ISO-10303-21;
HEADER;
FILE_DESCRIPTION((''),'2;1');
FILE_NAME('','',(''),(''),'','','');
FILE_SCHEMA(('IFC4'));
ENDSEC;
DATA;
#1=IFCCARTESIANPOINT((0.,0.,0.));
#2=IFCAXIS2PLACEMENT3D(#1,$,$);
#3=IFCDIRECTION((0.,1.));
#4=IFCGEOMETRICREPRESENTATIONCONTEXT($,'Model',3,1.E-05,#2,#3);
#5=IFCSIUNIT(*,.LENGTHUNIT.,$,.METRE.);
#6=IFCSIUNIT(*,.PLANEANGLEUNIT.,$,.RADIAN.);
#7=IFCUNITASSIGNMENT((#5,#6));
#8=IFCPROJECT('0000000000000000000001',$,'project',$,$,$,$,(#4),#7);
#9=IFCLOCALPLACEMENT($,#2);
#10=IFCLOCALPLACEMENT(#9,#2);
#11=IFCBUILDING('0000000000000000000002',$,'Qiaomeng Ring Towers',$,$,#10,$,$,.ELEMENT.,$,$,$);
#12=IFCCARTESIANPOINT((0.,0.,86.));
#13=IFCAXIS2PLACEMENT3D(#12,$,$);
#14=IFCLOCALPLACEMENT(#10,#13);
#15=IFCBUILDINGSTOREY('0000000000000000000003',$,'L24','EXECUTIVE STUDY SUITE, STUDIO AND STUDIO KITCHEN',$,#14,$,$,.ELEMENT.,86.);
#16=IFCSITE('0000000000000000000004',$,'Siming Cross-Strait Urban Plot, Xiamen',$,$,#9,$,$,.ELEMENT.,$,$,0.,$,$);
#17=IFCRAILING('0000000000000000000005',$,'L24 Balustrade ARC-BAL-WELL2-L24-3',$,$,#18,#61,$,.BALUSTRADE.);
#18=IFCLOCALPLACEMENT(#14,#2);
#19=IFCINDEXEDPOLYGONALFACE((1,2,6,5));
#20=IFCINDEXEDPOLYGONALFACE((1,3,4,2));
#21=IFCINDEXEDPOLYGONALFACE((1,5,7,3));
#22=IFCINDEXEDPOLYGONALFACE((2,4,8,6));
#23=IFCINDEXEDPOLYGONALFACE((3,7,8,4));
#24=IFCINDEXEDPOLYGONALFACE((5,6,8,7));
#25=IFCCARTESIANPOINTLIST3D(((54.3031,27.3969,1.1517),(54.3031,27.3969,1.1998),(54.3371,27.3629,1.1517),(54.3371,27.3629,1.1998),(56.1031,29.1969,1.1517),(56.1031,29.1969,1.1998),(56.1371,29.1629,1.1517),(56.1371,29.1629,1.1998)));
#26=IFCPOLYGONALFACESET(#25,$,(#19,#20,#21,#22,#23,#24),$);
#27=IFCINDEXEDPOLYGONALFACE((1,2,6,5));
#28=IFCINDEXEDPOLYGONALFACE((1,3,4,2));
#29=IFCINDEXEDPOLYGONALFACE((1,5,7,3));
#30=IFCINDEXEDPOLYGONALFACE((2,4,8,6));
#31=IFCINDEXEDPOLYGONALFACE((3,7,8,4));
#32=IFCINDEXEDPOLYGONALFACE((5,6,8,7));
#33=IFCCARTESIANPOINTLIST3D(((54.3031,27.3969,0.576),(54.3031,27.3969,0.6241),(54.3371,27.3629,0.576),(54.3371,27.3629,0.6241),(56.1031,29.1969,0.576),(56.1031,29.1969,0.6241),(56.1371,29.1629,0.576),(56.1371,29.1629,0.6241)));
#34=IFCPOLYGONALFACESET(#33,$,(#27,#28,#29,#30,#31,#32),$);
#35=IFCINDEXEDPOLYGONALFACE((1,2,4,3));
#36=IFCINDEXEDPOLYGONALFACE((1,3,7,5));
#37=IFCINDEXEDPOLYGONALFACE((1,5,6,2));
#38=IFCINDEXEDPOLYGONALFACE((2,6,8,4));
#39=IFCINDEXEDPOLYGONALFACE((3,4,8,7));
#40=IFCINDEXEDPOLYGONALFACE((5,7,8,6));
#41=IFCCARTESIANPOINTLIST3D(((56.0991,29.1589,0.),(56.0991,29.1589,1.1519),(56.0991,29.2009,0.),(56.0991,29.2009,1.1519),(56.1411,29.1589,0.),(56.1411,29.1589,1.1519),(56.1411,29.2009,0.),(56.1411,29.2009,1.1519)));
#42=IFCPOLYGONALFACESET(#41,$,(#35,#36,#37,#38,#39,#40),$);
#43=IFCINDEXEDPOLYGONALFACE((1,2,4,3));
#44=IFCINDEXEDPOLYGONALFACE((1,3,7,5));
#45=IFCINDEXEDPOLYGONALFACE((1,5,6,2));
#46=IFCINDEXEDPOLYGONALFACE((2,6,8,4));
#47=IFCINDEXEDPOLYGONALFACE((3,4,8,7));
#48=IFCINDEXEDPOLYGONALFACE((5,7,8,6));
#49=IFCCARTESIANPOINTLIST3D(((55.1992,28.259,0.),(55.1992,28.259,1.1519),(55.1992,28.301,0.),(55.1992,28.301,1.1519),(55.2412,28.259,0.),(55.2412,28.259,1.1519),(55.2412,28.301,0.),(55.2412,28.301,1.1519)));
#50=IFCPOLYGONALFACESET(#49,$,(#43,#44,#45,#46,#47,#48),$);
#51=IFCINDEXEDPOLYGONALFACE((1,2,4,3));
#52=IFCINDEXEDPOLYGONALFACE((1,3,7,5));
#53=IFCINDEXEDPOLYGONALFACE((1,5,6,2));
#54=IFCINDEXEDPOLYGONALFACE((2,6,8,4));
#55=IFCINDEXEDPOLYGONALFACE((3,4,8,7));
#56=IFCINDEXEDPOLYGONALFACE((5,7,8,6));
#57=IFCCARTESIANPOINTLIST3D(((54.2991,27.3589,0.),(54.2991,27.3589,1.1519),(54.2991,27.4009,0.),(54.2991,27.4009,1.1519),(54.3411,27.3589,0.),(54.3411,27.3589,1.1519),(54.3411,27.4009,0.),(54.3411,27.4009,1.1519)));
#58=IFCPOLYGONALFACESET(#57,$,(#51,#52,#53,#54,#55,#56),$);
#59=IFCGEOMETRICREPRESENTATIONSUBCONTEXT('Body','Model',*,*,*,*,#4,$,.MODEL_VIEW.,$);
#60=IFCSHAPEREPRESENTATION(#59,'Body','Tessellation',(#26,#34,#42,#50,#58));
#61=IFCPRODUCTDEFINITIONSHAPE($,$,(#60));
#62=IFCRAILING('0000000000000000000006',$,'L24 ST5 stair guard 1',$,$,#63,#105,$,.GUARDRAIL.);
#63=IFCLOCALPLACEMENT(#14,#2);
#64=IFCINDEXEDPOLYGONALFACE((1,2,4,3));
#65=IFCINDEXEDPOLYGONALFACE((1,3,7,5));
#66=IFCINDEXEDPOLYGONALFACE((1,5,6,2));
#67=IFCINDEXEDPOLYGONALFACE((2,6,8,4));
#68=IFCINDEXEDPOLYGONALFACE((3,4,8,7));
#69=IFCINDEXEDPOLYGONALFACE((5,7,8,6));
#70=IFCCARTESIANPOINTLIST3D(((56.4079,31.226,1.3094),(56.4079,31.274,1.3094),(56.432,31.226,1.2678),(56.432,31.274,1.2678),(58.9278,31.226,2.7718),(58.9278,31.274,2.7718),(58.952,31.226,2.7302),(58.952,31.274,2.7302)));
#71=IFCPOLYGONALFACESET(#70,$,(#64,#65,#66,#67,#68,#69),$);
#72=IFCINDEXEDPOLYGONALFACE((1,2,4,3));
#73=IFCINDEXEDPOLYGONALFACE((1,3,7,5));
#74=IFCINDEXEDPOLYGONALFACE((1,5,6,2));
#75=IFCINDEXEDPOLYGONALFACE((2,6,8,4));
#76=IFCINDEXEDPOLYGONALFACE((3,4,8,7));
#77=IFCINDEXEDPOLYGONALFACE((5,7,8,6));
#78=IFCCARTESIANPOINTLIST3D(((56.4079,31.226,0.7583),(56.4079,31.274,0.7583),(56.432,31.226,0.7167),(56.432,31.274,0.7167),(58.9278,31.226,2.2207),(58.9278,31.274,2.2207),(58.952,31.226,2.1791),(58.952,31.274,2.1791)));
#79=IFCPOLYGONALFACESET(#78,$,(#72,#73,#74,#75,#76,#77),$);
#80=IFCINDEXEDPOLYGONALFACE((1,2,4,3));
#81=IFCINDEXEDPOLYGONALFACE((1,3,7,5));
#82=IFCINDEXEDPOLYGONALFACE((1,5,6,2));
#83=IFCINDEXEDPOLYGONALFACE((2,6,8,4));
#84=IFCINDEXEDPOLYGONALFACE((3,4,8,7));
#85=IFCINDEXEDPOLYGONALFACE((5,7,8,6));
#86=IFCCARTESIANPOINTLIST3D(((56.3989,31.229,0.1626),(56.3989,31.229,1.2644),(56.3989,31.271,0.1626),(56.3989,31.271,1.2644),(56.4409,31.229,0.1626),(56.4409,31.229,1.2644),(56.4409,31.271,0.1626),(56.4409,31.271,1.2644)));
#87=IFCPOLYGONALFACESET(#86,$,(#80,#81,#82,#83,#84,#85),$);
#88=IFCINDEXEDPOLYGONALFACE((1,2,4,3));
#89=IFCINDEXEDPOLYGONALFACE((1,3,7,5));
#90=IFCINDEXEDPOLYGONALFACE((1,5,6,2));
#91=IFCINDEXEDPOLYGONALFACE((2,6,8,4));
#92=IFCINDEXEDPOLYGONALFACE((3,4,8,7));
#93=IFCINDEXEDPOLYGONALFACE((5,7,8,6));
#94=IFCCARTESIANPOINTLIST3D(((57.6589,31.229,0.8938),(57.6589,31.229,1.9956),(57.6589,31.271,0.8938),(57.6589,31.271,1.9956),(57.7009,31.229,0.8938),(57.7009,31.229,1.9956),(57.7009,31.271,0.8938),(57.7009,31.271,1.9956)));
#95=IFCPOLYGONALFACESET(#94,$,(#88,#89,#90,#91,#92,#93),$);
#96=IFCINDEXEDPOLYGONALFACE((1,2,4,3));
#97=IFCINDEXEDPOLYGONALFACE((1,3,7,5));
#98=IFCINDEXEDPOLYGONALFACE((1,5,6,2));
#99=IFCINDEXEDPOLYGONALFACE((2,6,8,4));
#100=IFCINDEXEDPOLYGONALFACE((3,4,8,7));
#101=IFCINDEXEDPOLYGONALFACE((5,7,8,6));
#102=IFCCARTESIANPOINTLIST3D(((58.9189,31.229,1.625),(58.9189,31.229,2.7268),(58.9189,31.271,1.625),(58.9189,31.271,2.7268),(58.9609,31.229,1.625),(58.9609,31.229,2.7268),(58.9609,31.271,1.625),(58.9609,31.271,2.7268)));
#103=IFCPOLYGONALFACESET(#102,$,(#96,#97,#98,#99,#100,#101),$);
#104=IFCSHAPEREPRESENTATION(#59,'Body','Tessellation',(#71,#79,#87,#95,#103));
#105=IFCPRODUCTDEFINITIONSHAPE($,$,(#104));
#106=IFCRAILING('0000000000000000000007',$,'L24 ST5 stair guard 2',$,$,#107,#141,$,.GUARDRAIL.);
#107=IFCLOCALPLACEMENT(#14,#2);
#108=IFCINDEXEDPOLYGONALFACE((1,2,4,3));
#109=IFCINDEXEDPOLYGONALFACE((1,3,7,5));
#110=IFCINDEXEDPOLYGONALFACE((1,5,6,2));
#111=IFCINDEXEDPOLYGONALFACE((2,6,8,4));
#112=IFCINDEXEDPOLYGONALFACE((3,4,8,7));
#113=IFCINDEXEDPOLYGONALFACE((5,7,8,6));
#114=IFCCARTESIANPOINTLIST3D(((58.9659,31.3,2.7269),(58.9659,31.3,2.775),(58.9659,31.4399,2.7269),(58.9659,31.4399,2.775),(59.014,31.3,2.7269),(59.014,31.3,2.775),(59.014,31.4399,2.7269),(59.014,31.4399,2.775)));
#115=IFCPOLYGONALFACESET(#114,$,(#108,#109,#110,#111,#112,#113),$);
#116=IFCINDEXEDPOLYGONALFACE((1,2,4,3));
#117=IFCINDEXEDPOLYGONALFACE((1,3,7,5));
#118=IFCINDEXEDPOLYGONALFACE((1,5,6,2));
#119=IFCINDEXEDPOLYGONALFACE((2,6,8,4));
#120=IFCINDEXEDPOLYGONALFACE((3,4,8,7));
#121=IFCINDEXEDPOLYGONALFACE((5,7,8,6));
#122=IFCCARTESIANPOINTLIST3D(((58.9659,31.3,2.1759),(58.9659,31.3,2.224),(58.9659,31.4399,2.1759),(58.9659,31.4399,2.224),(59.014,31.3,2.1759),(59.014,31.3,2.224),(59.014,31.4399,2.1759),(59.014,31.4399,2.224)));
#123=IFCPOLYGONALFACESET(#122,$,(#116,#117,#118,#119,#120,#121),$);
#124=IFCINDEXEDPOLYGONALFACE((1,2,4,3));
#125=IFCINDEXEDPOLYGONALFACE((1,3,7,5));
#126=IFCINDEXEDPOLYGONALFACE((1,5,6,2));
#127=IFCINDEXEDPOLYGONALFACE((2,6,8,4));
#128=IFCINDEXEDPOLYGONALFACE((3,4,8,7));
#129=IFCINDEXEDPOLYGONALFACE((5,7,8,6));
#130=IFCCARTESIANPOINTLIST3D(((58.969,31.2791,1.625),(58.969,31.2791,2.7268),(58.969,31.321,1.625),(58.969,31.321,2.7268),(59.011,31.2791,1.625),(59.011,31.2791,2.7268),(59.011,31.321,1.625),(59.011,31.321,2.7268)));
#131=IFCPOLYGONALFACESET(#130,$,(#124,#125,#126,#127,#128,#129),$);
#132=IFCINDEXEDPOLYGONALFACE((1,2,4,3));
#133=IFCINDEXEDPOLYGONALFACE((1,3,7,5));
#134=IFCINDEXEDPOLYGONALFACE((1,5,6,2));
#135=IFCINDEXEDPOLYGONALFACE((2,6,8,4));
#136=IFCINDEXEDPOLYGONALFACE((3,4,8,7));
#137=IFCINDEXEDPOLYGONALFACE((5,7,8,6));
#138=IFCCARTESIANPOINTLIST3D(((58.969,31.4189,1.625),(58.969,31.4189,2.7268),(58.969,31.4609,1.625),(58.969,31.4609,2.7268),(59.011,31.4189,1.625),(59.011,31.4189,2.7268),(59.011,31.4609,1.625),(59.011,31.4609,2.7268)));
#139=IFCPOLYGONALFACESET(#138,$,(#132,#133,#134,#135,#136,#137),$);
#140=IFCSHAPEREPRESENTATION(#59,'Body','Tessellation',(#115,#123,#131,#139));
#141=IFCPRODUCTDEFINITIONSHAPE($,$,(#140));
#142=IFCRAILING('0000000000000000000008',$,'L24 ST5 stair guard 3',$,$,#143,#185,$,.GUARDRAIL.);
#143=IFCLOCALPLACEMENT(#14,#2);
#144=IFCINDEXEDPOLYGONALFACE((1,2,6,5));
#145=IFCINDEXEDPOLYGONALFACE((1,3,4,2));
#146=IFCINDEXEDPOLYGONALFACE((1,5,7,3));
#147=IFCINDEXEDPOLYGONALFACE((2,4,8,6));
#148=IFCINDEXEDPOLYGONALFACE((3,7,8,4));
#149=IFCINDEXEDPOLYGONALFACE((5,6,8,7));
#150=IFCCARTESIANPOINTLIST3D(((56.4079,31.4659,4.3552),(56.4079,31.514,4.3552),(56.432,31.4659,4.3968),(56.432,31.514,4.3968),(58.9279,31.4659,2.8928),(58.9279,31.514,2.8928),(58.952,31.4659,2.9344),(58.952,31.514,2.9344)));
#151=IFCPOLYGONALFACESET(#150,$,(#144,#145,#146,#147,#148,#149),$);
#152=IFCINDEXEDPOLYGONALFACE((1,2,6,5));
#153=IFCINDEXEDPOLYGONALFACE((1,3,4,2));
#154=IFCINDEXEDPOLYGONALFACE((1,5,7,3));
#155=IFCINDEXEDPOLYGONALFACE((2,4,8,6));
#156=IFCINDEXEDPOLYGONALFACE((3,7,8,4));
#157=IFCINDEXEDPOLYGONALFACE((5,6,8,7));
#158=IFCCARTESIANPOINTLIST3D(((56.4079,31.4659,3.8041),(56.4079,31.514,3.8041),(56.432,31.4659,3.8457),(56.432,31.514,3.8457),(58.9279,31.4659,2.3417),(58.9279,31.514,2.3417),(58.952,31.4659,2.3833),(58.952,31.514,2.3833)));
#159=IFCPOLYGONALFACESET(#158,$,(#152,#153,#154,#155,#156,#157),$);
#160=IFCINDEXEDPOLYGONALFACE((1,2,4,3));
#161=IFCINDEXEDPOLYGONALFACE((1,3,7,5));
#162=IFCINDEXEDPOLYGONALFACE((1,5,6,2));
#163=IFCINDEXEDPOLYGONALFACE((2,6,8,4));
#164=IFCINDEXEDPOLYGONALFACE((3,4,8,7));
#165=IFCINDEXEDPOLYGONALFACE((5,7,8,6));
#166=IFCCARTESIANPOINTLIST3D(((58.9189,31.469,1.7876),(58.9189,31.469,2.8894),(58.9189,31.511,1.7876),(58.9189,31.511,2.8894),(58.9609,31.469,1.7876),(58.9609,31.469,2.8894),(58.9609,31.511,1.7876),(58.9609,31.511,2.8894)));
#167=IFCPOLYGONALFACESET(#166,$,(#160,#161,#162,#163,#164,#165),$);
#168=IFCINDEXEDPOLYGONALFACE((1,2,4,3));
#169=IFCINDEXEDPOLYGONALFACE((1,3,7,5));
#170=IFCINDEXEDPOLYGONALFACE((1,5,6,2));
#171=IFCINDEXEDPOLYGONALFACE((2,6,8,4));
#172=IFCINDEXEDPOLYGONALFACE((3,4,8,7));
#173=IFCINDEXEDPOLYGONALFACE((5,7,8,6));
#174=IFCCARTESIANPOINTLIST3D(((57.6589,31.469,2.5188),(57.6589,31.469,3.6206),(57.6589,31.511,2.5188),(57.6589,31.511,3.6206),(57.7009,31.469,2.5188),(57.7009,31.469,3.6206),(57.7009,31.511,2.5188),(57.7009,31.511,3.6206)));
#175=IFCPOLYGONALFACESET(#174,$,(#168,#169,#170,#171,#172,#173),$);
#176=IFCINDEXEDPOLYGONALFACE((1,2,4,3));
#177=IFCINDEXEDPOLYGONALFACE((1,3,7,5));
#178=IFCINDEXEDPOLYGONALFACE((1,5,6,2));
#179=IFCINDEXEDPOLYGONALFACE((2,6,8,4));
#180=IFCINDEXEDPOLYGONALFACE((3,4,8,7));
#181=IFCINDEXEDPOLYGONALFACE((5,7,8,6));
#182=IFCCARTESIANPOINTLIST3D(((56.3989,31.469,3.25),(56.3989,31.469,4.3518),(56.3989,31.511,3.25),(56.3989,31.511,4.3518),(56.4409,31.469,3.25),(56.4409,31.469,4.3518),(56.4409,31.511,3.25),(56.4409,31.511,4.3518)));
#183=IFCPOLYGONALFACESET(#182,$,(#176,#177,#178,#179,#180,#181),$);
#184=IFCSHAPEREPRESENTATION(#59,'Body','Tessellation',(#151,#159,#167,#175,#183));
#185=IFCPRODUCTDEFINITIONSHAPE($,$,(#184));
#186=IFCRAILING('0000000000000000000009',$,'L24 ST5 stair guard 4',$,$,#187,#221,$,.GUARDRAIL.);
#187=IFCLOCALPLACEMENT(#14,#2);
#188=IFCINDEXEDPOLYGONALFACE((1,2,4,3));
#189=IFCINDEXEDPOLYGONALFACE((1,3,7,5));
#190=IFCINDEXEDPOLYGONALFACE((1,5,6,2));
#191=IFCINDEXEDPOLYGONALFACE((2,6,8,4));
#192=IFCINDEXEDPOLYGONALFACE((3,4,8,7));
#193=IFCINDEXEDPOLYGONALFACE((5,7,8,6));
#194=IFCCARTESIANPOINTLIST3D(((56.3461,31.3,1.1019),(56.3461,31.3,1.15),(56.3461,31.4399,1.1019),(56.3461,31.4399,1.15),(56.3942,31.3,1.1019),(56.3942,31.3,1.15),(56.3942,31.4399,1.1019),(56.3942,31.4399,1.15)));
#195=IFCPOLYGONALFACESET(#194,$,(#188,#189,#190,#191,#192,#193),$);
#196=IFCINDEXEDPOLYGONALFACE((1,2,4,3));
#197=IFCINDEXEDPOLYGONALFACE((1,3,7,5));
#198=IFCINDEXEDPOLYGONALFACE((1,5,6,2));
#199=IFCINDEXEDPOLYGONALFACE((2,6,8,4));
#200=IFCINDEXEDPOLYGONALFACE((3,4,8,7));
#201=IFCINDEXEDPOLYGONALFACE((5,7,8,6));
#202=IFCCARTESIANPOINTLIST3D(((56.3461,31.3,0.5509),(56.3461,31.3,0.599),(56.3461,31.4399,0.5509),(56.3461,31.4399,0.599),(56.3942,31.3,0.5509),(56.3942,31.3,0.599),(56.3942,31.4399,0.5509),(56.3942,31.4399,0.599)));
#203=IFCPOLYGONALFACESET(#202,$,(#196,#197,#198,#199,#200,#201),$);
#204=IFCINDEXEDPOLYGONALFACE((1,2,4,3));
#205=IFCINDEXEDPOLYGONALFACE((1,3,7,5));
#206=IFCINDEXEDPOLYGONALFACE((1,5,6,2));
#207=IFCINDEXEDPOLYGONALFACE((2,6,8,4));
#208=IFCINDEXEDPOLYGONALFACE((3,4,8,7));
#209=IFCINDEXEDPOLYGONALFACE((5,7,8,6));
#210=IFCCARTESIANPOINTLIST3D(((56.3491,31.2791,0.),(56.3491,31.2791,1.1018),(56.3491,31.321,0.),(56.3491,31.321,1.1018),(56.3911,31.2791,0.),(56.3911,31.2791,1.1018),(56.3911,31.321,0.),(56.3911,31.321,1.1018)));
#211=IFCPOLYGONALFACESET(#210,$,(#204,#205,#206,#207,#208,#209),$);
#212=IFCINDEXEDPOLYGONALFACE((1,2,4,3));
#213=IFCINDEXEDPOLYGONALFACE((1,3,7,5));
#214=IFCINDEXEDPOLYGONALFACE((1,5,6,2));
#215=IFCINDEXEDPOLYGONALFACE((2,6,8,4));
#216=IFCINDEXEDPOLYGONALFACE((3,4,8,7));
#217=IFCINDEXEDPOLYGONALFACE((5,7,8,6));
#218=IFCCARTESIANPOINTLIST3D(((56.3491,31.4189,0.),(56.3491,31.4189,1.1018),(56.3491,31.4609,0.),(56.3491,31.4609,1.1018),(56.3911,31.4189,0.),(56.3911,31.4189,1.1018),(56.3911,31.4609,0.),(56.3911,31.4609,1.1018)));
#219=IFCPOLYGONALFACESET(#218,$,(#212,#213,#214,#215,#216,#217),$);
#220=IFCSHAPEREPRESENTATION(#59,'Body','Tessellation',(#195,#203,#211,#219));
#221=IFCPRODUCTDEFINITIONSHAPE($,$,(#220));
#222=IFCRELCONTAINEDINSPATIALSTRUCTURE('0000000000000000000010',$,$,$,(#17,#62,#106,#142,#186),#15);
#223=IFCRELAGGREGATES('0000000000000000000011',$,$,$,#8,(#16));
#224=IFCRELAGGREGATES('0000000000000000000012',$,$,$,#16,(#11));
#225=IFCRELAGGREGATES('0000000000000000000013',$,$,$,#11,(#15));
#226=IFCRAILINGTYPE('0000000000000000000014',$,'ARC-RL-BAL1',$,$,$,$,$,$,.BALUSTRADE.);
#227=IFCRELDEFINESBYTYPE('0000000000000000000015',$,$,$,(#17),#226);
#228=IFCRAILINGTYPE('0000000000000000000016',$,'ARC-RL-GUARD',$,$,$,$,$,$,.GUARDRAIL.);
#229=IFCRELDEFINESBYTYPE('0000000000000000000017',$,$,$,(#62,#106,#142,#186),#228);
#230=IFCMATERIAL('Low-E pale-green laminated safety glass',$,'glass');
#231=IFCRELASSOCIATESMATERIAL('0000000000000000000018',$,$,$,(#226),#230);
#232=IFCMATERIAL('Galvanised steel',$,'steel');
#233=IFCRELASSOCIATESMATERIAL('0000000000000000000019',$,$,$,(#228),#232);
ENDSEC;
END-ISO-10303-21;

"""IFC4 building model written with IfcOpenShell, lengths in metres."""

from ifc_helpers import new_model, si_unit, direction, frame, origin, origin_2d, place, context, subcontext, project, spatial, rectangle, extrude, material, type_object, element, save


model = new_model("IFC4")

# Units and contexts
model_context = context("Model", 3, precision=1e-05, world=origin(), true_north=direction((0.0, 1.0)))
body_context = subcontext(model_context, "Body", "Model", "MODEL_VIEW")
ifc_project = project(units=[si_unit("LENGTHUNIT", "METRE"), si_unit("PLANEANGLEUNIT", "RADIAN")], contexts=[model_context])

# Site, building, storey
site_placement = place(None, origin())
site = spatial("IfcSite", under=ifc_project, at=site_placement, Name="Siming Cross-Strait Urban Plot, Xiamen", CompositionType="ELEMENT", RefElevation=0.0)
building_placement = place(site_placement, origin())
building = spatial("IfcBuilding", under=site, at=building_placement, Name="Qiaomeng Ring Towers", CompositionType="ELEMENT")
storey_placement = place(building_placement, frame((0.0, 0.0, 86.0)))
storey = spatial("IfcBuildingStorey", under=building, at=storey_placement, Name="L24", Description="EXECUTIVE STUDY SUITE, STUDIO AND STUDIO KITCHEN", CompositionType="ELEMENT", Elevation=86.0)

# Shared definitions
ifc_material_1 = material(Name="Galvanised steel", Category="steel")

# Railings
ifc_material_2 = material(Name="Low-E pale-green laminated safety glass", Category="glass")
railing_type_1 = type_object("IfcRailingType", Name="ARC-RL-BAL1", PredefinedType="BALUSTRADE", material=ifc_material_2)
railing_1_placement = place(storey_placement, frame((56.1201, 29.1799, 0.0)))
element("IfcRailing", 1, at=railing_1_placement, inside=storey, type_object=railing_type_1, Name="L24 Balustrade ARC-BAL-WELL2-L24-3", PredefinedType="BALUSTRADE", context=body_context, shape_type="SweptSolid", body=[
    extrude(rectangle(XDim=0.0481, YDim=0.0481, at=origin_2d()), frame((0.0, 0.0, 1.1758), z_axis=(-0.707107, -0.707107, 0.0), x_axis=(0.707107, -0.707107, 0.0)), (0.0, 0.0, 1.0), 2.5457),
    extrude(rectangle(XDim=0.0481, YDim=0.0481, at=origin_2d()), frame((0.0, 0.0, 0.6001), z_axis=(-0.707107, -0.707107, 0.0), x_axis=(0.707107, -0.707107, 0.0)), (0.0, 0.0, 1.0), 2.5457),
    extrude(rectangle(XDim=0.042, YDim=0.042, at=origin_2d()), origin(), (0.0, 0.0, 1.0), 1.1519),
    extrude(rectangle(XDim=0.042, YDim=0.042, at=origin_2d()), frame((-0.8999, -0.8999, 0.0)), (0.0, 0.0, 1.0), 1.1519),
    extrude(rectangle(XDim=0.042, YDim=0.042, at=origin_2d()), frame((-1.8, -1.8, 0.0)), (0.0, 0.0, 1.0), 1.1519),
])
railing_type_2 = type_object("IfcRailingType", Name="ARC-RL-GUARD", PredefinedType="GUARDRAIL", material=ifc_material_1)
railing_2_placement = place(storey_placement, frame((56.4199, 31.25, 0.1626)))
element("IfcRailing", 2, at=railing_2_placement, inside=storey, type_object=railing_type_2, Name="L24 ST5 stair guard 1", PredefinedType="GUARDRAIL", context=body_context, shape_type="SweptSolid", body=[
    extrude(rectangle(XDim=0.0481, YDim=0.0481, at=origin_2d()), frame((0.0, 0.0, 1.126), z_axis=(0.864913, 0.0, 0.501921), x_axis=(0.0, 1.0, 0.0)), (0.0, 0.0, 1.0), 2.9136),
    extrude(rectangle(XDim=0.0481, YDim=0.0481, at=origin_2d()), frame((0.0, 0.0, 0.575), z_axis=(0.864913, 0.0, 0.501921), x_axis=(0.0, 1.0, 0.0)), (0.0, 0.0, 1.0), 2.9136),
    extrude(rectangle(XDim=0.042, YDim=0.042, at=origin_2d()), origin(), (0.0, 0.0, 1.0), 1.1018),
    extrude(rectangle(XDim=0.042, YDim=0.042, at=origin_2d()), frame((1.26, 0.0, 0.7312)), (0.0, 0.0, 1.0), 1.1018),
    extrude(rectangle(XDim=0.042, YDim=0.042, at=origin_2d()), frame((2.52, 0.0, 1.4624)), (0.0, 0.0, 1.0), 1.1018),
])
railing_3_placement = place(storey_placement, frame((58.99, 31.3, 1.625)))
element("IfcRailing", 3, at=railing_3_placement, inside=storey, type_object=railing_type_2, Name="L24 ST5 stair guard 2", PredefinedType="GUARDRAIL", context=body_context, shape_type="SweptSolid", body=[
    extrude(rectangle(XDim=0.0481, YDim=0.0481, at=origin_2d()), frame((0.0, 0.0, 1.126), z_axis=(0.0, 1.0, 0.0), x_axis=(-1.0, 0.0, 0.0)), (0.0, 0.0, 1.0), 0.1399),
    extrude(rectangle(XDim=0.0481, YDim=0.0481, at=origin_2d()), frame((0.0, 0.0, 0.575), z_axis=(0.0, 1.0, 0.0), x_axis=(-1.0, 0.0, 0.0)), (0.0, 0.0, 1.0), 0.1399),
    extrude(rectangle(XDim=0.042, YDim=0.042, at=origin_2d()), origin(), (0.0, 0.0, 1.0), 1.1018),
    extrude(rectangle(XDim=0.042, YDim=0.042, at=origin_2d()), frame((0.0, 0.1399, 0.0)), (0.0, 0.0, 1.0), 1.1018),
])
railing_4_placement = place(storey_placement, frame((58.9399, 31.49, 1.7876)))
element("IfcRailing", 4, at=railing_4_placement, inside=storey, type_object=railing_type_2, Name="L24 ST5 stair guard 3", PredefinedType="GUARDRAIL", context=body_context, shape_type="SweptSolid", body=[
    extrude(rectangle(XDim=0.0481, YDim=0.0481, at=origin_2d()), frame((0.0, 0.0, 1.126), z_axis=(-0.864913, 0.0, 0.501921), x_axis=(0.0, -1.0, 0.0)), (0.0, 0.0, 1.0), 2.9136),
    extrude(rectangle(XDim=0.0481, YDim=0.0481, at=origin_2d()), frame((0.0, 0.0, 0.575), z_axis=(-0.864913, 0.0, 0.501921), x_axis=(0.0, -1.0, 0.0)), (0.0, 0.0, 1.0), 2.9136),
    extrude(rectangle(XDim=0.042, YDim=0.042, at=origin_2d()), origin(), (0.0, 0.0, 1.0), 1.1018),
    extrude(rectangle(XDim=0.042, YDim=0.042, at=origin_2d()), frame((-1.26, 0.0, 0.7312)), (0.0, 0.0, 1.0), 1.1018),
    extrude(rectangle(XDim=0.042, YDim=0.042, at=origin_2d()), frame((-2.52, 0.0, 1.4624)), (0.0, 0.0, 1.0), 1.1018),
])
railing_5_placement = place(storey_placement, frame((56.3701, 31.3, 0.0)))
element("IfcRailing", 5, at=railing_5_placement, inside=storey, type_object=railing_type_2, Name="L24 ST5 stair guard 4", PredefinedType="GUARDRAIL", context=body_context, shape_type="SweptSolid", body=[
    extrude(rectangle(XDim=0.0481, YDim=0.0481, at=origin_2d()), frame((0.0, 0.0, 1.126), z_axis=(0.0, 1.0, 0.0), x_axis=(-1.0, 0.0, 0.0)), (0.0, 0.0, 1.0), 0.1399),
    extrude(rectangle(XDim=0.0481, YDim=0.0481, at=origin_2d()), frame((0.0, 0.0, 0.575), z_axis=(0.0, 1.0, 0.0), x_axis=(-1.0, 0.0, 0.0)), (0.0, 0.0, 1.0), 0.1399),
    extrude(rectangle(XDim=0.042, YDim=0.042, at=origin_2d()), origin(), (0.0, 0.0, 1.0), 1.1018),
    extrude(rectangle(XDim=0.042, YDim=0.042, at=origin_2d()), frame((0.0, 0.1399, 0.0)), (0.0, 0.0, 1.0), 1.1018),
])

save(model, "model.ifc")
